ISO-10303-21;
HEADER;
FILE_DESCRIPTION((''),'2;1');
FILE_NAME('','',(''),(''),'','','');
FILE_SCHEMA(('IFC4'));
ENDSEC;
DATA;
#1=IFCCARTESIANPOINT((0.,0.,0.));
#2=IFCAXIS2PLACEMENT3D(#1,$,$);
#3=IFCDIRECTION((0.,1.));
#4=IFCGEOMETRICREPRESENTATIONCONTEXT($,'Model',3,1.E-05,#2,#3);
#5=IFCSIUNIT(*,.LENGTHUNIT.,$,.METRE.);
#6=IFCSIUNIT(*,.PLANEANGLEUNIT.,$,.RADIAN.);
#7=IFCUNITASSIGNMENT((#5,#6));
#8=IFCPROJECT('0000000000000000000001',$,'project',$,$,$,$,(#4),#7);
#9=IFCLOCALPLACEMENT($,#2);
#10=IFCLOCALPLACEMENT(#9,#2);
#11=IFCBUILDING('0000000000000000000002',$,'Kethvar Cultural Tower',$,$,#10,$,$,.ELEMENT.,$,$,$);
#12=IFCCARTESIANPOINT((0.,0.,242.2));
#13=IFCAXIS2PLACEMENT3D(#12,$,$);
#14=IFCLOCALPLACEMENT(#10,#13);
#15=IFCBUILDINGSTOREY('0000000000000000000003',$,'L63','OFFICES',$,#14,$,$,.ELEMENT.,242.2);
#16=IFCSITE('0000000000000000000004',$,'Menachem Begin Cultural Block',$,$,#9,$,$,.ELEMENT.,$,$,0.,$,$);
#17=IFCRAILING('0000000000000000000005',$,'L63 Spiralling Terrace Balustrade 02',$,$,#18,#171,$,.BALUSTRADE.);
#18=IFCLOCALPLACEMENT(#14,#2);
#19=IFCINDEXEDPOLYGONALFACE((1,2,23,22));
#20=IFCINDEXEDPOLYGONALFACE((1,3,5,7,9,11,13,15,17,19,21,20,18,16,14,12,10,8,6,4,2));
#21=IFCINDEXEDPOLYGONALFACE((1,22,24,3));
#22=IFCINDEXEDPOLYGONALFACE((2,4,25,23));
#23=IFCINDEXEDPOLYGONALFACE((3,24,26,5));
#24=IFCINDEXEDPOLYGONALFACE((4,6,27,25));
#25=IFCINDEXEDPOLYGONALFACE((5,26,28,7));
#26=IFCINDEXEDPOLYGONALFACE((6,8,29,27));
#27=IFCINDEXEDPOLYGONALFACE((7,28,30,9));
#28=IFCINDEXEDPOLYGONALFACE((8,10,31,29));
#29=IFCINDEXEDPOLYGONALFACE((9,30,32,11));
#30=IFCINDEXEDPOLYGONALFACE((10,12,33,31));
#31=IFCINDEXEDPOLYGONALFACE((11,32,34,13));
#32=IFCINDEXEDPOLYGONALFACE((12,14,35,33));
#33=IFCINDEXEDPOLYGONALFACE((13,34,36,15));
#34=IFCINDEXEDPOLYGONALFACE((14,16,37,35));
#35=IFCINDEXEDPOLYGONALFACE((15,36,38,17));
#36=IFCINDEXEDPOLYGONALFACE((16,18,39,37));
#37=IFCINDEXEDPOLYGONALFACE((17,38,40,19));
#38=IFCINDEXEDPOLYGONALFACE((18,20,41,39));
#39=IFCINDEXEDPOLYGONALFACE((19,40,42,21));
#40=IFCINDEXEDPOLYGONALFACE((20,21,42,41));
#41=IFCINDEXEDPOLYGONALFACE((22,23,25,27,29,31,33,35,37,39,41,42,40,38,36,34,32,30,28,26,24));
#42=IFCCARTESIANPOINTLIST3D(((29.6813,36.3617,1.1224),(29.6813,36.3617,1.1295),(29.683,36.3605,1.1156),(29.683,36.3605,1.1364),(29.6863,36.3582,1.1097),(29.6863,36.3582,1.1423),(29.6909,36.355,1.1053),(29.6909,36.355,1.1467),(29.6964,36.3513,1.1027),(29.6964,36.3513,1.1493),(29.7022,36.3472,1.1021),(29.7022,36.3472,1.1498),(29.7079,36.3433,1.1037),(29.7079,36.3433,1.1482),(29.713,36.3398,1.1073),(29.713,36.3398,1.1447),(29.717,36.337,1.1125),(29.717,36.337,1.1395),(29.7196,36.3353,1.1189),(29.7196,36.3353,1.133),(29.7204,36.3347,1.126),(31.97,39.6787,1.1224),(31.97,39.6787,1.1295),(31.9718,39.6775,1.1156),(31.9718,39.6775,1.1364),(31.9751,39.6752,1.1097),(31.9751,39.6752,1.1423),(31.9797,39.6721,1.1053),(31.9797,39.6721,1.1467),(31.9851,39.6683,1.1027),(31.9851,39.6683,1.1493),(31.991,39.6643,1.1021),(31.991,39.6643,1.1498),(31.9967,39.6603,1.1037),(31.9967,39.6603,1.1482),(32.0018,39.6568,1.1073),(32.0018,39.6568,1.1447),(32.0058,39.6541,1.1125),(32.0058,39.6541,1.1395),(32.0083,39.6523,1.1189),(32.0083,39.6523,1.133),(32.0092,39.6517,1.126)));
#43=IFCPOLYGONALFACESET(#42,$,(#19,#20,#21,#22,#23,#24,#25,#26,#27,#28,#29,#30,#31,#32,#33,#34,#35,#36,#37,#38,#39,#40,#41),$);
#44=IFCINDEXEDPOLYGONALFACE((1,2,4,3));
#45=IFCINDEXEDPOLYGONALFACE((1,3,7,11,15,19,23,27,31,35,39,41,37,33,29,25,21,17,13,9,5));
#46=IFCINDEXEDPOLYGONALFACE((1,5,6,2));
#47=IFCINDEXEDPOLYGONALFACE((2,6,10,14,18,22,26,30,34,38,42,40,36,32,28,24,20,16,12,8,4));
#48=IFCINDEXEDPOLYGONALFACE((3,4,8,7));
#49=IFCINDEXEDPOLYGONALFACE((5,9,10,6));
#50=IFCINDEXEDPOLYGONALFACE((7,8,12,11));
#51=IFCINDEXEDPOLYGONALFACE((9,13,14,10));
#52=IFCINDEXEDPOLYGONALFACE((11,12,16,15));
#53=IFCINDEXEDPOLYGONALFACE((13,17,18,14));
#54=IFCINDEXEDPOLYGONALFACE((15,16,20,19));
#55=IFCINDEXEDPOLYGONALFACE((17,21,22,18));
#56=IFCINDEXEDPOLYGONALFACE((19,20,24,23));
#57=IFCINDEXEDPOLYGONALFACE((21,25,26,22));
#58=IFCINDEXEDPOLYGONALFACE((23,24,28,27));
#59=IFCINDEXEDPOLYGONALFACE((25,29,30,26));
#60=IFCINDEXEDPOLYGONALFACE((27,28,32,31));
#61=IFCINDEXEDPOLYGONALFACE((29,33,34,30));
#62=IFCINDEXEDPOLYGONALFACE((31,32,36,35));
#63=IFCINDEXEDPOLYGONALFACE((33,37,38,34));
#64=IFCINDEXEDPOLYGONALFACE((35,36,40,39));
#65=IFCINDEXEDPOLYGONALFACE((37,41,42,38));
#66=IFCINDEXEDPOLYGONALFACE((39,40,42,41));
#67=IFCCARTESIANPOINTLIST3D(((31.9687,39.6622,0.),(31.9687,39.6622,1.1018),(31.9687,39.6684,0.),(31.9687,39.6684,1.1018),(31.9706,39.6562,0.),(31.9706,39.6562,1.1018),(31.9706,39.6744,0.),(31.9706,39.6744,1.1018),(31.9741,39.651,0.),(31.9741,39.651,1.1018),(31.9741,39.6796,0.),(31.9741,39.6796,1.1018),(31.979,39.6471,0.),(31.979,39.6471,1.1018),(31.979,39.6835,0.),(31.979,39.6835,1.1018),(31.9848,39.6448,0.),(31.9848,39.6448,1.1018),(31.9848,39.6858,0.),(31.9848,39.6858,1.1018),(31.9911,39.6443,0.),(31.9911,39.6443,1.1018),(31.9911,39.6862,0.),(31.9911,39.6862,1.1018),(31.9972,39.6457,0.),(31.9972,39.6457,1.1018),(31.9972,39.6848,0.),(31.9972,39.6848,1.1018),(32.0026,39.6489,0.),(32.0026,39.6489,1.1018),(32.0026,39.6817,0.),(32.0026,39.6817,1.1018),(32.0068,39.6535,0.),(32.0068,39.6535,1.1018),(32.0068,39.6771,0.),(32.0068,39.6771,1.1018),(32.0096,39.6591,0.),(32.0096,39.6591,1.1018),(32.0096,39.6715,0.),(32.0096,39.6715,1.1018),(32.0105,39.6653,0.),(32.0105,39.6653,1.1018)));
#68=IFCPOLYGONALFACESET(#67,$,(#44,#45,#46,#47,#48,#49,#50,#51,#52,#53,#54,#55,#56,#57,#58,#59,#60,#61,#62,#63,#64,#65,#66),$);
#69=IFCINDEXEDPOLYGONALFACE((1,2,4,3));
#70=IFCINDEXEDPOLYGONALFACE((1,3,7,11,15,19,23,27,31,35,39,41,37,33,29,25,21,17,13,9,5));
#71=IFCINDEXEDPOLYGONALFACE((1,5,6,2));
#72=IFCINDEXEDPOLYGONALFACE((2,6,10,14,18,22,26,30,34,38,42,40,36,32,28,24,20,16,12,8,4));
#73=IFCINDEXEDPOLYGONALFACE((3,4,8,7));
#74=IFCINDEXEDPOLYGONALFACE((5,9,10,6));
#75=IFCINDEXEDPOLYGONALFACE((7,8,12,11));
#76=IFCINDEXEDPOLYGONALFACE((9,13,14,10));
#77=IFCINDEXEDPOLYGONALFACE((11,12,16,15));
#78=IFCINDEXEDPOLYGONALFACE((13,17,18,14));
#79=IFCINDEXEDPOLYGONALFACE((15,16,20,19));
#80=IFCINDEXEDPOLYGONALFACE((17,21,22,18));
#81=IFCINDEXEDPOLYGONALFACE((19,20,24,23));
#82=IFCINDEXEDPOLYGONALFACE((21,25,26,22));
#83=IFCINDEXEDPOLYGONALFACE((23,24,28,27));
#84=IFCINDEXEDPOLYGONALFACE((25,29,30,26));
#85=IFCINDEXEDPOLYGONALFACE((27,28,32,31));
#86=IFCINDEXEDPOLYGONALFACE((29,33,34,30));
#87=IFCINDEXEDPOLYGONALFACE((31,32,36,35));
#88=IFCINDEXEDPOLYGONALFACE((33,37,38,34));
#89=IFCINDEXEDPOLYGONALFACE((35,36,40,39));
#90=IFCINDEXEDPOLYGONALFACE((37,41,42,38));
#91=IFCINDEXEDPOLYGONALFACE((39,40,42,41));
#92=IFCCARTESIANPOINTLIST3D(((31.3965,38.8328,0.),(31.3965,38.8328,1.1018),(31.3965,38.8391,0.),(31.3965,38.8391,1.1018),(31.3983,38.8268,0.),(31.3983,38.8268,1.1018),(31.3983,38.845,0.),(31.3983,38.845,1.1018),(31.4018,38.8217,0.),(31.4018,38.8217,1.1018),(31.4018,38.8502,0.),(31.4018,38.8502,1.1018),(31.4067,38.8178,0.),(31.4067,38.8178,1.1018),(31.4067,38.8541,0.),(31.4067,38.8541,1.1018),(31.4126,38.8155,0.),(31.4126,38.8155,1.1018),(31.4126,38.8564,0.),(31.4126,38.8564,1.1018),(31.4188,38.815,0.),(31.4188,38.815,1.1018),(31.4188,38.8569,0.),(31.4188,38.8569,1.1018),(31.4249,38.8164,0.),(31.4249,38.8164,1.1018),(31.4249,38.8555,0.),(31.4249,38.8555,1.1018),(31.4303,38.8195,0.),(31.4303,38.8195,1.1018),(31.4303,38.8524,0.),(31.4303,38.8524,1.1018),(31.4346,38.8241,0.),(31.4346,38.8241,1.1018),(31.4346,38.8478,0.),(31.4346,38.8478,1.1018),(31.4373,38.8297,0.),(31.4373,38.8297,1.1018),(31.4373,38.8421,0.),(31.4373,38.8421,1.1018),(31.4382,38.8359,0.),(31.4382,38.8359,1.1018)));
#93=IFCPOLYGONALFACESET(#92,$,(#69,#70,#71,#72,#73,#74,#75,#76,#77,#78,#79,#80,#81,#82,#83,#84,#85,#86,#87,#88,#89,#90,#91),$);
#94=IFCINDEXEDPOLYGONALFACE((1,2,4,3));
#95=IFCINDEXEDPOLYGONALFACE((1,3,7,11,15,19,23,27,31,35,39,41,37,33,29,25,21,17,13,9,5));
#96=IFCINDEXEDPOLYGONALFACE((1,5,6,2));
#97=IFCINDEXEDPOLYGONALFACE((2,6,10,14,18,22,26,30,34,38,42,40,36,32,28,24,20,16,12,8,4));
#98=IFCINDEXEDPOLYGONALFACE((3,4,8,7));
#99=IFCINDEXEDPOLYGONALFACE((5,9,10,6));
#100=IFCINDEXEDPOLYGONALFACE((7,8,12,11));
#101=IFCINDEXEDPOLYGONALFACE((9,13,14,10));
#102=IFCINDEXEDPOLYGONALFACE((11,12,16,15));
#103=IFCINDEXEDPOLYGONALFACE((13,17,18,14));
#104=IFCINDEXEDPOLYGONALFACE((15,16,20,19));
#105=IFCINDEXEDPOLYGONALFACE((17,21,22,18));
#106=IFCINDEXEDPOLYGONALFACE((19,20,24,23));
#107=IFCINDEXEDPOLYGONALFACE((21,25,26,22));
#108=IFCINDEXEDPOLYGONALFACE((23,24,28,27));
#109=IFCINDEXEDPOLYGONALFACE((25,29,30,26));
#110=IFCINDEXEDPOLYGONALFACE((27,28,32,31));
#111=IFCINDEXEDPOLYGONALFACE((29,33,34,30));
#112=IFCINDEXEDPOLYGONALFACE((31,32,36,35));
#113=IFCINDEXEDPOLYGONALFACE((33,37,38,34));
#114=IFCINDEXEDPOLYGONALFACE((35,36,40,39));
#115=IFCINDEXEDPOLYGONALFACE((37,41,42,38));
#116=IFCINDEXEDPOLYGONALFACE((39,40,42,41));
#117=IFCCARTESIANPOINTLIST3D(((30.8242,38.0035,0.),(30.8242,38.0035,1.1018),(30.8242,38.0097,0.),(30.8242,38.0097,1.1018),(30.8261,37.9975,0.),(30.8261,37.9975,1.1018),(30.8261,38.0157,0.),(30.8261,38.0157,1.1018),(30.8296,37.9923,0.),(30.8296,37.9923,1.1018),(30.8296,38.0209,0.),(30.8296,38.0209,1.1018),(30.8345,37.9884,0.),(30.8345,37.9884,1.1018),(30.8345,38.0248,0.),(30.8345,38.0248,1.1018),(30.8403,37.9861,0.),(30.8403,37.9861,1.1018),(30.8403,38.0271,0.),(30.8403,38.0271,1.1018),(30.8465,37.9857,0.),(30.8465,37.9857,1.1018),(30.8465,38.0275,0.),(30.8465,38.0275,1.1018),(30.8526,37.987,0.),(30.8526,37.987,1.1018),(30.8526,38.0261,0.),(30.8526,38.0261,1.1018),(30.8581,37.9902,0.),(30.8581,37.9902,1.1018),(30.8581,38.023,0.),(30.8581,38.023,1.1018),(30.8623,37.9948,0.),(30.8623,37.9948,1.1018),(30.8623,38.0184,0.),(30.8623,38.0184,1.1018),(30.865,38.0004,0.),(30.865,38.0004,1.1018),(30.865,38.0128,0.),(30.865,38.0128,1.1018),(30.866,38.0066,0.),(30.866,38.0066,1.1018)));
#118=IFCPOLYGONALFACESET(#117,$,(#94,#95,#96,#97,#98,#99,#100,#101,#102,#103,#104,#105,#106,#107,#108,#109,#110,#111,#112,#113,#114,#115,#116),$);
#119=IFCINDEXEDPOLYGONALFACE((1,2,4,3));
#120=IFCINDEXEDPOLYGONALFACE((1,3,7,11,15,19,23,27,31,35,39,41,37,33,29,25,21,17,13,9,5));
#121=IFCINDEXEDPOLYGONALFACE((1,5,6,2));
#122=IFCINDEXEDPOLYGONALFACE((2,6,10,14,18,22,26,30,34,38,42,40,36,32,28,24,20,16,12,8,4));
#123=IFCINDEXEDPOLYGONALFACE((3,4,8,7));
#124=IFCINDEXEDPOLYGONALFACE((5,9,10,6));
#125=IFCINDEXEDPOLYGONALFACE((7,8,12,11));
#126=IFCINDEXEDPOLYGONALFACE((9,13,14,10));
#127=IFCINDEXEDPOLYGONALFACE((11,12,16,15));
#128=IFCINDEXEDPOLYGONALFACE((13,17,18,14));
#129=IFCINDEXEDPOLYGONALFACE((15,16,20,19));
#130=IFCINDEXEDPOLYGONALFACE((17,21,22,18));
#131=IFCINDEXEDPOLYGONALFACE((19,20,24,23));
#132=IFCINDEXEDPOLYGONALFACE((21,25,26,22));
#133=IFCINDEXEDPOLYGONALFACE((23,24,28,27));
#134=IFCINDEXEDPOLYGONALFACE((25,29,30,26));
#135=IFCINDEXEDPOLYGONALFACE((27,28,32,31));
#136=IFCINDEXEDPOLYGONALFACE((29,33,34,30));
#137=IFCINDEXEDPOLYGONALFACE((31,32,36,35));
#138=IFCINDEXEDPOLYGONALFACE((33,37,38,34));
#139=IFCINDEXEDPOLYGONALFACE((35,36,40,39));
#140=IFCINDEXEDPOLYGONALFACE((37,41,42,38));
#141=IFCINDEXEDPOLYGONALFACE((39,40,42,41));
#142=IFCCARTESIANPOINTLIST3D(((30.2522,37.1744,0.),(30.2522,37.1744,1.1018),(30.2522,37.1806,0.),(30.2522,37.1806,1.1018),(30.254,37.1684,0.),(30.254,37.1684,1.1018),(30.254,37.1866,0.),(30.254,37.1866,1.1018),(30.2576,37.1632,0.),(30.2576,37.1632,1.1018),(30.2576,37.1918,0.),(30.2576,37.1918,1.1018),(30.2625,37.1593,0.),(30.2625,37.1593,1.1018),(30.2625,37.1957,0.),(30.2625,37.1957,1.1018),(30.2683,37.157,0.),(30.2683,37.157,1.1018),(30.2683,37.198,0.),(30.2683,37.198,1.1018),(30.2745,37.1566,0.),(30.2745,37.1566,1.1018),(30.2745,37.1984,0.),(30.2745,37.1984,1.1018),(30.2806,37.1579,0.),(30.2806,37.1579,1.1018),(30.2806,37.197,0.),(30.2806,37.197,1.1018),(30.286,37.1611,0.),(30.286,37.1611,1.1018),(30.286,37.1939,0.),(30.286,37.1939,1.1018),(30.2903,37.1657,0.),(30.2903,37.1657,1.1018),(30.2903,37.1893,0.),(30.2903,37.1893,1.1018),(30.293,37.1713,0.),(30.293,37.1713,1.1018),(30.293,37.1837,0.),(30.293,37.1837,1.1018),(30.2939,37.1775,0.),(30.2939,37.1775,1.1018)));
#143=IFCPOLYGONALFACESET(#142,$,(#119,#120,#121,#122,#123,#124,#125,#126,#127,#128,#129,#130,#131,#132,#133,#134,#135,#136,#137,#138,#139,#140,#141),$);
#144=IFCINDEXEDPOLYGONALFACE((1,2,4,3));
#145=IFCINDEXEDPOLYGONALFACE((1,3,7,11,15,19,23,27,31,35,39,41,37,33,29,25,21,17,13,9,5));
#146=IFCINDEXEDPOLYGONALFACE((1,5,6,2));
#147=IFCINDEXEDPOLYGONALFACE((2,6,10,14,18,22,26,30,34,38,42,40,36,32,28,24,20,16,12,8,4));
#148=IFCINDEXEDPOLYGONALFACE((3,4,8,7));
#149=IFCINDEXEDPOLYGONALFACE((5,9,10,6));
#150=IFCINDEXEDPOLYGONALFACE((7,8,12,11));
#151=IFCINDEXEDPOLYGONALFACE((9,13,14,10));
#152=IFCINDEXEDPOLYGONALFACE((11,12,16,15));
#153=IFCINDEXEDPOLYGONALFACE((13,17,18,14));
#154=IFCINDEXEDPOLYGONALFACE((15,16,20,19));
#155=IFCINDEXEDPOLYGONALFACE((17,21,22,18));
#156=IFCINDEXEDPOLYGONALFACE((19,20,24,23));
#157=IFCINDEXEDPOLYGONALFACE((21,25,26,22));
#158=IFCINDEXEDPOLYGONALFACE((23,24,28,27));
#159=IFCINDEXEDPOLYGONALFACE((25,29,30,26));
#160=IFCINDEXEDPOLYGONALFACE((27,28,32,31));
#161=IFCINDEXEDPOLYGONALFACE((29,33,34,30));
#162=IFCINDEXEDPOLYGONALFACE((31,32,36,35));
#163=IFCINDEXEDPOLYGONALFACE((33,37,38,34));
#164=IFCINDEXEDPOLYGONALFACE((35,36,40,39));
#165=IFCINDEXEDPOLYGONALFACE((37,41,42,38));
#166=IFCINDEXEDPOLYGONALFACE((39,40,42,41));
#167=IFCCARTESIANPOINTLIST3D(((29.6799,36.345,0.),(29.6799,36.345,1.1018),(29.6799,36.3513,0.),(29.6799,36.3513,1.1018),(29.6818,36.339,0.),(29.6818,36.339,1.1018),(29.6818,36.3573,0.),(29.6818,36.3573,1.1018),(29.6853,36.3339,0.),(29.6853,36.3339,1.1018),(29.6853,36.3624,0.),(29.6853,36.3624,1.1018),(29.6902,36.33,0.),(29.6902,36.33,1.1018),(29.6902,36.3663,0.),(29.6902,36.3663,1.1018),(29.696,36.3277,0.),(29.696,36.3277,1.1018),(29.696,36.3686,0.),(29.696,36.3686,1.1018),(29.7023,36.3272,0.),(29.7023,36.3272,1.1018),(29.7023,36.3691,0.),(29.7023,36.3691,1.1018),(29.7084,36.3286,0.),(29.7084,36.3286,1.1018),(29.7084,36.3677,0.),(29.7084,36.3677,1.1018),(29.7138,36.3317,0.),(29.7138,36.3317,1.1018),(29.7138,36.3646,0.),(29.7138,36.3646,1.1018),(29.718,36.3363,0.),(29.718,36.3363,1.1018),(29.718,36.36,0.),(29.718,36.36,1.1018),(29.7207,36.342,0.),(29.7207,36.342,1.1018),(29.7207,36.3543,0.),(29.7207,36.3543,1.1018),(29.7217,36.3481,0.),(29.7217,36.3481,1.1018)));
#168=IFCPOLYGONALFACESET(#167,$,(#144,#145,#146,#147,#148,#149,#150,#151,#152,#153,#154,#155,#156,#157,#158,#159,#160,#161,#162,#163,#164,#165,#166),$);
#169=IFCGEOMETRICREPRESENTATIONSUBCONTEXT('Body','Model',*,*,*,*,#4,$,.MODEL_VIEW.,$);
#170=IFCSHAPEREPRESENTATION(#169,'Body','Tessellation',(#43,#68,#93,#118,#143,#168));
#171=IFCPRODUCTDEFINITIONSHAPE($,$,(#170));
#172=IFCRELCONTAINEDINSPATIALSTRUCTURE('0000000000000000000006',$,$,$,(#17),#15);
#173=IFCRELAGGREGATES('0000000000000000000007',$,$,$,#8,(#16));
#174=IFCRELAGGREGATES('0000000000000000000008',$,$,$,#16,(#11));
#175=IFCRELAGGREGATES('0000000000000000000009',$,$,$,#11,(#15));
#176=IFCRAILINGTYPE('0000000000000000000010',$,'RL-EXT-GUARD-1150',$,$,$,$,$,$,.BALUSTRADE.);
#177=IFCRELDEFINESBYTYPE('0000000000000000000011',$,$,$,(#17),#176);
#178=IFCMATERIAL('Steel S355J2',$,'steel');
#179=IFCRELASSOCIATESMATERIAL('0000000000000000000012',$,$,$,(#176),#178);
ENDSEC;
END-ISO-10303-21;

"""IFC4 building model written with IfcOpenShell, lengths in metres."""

from ifc_helpers import new_model, si_unit, direction, frame, origin, origin_2d, place, context, subcontext, project, spatial, circle, extrude, material, type_object, element, save


model = new_model("IFC4")

# Units and contexts
model_context = context("Model", 3, precision=1e-05, world=origin(), true_north=direction((0.0, 1.0)))
body_context = subcontext(model_context, "Body", "Model", "MODEL_VIEW")
ifc_project = project(units=[si_unit("LENGTHUNIT", "METRE"), si_unit("PLANEANGLEUNIT", "RADIAN")], contexts=[model_context])

# Site, building, storey
site_placement = place(None, origin())
site = spatial("IfcSite", under=ifc_project, at=site_placement, Name="Menachem Begin Cultural Block", CompositionType="ELEMENT", RefElevation=0.0)
building_placement = place(site_placement, origin())
building = spatial("IfcBuilding", under=site, at=building_placement, Name="Kethvar Cultural Tower", CompositionType="ELEMENT")
storey_placement = place(building_placement, frame((0.0, 0.0, 242.2)))
storey = spatial("IfcBuildingStorey", under=building, at=storey_placement, Name="L63", Description="OFFICES", CompositionType="ELEMENT", Elevation=242.2)

# Shared definitions
ifc_material_1 = material(Name="Steel S355J2", Category="steel")

# Railing
railing_type = type_object("IfcRailingType", Name="RL-EXT-GUARD-1150", PredefinedType="BALUSTRADE", material=ifc_material_1)
railing_1_placement = place(storey_placement, frame((31.9895, 39.6653, 0.0)))
element("IfcRailing", 1, at=railing_1_placement, inside=storey, type_object=railing_type, Name="L63 Spiralling Terrace Balustrade 02", PredefinedType="BALUSTRADE", context=body_context, shape_type="SweptSolid", body=[
    extrude(circle(Radius=0.0239, at=origin_2d()), frame((0.0, 0.0, 1.126), z_axis=(-0.567924, -0.823081, 0.0), x_axis=(0.823081, -0.567924, 0.0)), (0.0, 0.0, 1.0), 4.03),
    extrude(circle(Radius=0.021, at=origin_2d()), origin(), (0.0, 0.0, 1.0), 1.1018),
    extrude(circle(Radius=0.021, at=origin_2d()), frame((-0.5723, -0.8293, 0.0)), (0.0, 0.0, 1.0), 1.1018),
    extrude(circle(Radius=0.021, at=origin_2d()), frame((-1.1445, -1.6587, 0.0)), (0.0, 0.0, 1.0), 1.1018),
    extrude(circle(Radius=0.021, at=origin_2d()), frame((-1.7166, -2.4878, 0.0)), (0.0, 0.0, 1.0), 1.1018),
    extrude(circle(Radius=0.021, at=origin_2d()), frame((-2.2888, -3.3171, 0.0)), (0.0, 0.0, 1.0), 1.1018),
])

save(model, "model.ifc")
